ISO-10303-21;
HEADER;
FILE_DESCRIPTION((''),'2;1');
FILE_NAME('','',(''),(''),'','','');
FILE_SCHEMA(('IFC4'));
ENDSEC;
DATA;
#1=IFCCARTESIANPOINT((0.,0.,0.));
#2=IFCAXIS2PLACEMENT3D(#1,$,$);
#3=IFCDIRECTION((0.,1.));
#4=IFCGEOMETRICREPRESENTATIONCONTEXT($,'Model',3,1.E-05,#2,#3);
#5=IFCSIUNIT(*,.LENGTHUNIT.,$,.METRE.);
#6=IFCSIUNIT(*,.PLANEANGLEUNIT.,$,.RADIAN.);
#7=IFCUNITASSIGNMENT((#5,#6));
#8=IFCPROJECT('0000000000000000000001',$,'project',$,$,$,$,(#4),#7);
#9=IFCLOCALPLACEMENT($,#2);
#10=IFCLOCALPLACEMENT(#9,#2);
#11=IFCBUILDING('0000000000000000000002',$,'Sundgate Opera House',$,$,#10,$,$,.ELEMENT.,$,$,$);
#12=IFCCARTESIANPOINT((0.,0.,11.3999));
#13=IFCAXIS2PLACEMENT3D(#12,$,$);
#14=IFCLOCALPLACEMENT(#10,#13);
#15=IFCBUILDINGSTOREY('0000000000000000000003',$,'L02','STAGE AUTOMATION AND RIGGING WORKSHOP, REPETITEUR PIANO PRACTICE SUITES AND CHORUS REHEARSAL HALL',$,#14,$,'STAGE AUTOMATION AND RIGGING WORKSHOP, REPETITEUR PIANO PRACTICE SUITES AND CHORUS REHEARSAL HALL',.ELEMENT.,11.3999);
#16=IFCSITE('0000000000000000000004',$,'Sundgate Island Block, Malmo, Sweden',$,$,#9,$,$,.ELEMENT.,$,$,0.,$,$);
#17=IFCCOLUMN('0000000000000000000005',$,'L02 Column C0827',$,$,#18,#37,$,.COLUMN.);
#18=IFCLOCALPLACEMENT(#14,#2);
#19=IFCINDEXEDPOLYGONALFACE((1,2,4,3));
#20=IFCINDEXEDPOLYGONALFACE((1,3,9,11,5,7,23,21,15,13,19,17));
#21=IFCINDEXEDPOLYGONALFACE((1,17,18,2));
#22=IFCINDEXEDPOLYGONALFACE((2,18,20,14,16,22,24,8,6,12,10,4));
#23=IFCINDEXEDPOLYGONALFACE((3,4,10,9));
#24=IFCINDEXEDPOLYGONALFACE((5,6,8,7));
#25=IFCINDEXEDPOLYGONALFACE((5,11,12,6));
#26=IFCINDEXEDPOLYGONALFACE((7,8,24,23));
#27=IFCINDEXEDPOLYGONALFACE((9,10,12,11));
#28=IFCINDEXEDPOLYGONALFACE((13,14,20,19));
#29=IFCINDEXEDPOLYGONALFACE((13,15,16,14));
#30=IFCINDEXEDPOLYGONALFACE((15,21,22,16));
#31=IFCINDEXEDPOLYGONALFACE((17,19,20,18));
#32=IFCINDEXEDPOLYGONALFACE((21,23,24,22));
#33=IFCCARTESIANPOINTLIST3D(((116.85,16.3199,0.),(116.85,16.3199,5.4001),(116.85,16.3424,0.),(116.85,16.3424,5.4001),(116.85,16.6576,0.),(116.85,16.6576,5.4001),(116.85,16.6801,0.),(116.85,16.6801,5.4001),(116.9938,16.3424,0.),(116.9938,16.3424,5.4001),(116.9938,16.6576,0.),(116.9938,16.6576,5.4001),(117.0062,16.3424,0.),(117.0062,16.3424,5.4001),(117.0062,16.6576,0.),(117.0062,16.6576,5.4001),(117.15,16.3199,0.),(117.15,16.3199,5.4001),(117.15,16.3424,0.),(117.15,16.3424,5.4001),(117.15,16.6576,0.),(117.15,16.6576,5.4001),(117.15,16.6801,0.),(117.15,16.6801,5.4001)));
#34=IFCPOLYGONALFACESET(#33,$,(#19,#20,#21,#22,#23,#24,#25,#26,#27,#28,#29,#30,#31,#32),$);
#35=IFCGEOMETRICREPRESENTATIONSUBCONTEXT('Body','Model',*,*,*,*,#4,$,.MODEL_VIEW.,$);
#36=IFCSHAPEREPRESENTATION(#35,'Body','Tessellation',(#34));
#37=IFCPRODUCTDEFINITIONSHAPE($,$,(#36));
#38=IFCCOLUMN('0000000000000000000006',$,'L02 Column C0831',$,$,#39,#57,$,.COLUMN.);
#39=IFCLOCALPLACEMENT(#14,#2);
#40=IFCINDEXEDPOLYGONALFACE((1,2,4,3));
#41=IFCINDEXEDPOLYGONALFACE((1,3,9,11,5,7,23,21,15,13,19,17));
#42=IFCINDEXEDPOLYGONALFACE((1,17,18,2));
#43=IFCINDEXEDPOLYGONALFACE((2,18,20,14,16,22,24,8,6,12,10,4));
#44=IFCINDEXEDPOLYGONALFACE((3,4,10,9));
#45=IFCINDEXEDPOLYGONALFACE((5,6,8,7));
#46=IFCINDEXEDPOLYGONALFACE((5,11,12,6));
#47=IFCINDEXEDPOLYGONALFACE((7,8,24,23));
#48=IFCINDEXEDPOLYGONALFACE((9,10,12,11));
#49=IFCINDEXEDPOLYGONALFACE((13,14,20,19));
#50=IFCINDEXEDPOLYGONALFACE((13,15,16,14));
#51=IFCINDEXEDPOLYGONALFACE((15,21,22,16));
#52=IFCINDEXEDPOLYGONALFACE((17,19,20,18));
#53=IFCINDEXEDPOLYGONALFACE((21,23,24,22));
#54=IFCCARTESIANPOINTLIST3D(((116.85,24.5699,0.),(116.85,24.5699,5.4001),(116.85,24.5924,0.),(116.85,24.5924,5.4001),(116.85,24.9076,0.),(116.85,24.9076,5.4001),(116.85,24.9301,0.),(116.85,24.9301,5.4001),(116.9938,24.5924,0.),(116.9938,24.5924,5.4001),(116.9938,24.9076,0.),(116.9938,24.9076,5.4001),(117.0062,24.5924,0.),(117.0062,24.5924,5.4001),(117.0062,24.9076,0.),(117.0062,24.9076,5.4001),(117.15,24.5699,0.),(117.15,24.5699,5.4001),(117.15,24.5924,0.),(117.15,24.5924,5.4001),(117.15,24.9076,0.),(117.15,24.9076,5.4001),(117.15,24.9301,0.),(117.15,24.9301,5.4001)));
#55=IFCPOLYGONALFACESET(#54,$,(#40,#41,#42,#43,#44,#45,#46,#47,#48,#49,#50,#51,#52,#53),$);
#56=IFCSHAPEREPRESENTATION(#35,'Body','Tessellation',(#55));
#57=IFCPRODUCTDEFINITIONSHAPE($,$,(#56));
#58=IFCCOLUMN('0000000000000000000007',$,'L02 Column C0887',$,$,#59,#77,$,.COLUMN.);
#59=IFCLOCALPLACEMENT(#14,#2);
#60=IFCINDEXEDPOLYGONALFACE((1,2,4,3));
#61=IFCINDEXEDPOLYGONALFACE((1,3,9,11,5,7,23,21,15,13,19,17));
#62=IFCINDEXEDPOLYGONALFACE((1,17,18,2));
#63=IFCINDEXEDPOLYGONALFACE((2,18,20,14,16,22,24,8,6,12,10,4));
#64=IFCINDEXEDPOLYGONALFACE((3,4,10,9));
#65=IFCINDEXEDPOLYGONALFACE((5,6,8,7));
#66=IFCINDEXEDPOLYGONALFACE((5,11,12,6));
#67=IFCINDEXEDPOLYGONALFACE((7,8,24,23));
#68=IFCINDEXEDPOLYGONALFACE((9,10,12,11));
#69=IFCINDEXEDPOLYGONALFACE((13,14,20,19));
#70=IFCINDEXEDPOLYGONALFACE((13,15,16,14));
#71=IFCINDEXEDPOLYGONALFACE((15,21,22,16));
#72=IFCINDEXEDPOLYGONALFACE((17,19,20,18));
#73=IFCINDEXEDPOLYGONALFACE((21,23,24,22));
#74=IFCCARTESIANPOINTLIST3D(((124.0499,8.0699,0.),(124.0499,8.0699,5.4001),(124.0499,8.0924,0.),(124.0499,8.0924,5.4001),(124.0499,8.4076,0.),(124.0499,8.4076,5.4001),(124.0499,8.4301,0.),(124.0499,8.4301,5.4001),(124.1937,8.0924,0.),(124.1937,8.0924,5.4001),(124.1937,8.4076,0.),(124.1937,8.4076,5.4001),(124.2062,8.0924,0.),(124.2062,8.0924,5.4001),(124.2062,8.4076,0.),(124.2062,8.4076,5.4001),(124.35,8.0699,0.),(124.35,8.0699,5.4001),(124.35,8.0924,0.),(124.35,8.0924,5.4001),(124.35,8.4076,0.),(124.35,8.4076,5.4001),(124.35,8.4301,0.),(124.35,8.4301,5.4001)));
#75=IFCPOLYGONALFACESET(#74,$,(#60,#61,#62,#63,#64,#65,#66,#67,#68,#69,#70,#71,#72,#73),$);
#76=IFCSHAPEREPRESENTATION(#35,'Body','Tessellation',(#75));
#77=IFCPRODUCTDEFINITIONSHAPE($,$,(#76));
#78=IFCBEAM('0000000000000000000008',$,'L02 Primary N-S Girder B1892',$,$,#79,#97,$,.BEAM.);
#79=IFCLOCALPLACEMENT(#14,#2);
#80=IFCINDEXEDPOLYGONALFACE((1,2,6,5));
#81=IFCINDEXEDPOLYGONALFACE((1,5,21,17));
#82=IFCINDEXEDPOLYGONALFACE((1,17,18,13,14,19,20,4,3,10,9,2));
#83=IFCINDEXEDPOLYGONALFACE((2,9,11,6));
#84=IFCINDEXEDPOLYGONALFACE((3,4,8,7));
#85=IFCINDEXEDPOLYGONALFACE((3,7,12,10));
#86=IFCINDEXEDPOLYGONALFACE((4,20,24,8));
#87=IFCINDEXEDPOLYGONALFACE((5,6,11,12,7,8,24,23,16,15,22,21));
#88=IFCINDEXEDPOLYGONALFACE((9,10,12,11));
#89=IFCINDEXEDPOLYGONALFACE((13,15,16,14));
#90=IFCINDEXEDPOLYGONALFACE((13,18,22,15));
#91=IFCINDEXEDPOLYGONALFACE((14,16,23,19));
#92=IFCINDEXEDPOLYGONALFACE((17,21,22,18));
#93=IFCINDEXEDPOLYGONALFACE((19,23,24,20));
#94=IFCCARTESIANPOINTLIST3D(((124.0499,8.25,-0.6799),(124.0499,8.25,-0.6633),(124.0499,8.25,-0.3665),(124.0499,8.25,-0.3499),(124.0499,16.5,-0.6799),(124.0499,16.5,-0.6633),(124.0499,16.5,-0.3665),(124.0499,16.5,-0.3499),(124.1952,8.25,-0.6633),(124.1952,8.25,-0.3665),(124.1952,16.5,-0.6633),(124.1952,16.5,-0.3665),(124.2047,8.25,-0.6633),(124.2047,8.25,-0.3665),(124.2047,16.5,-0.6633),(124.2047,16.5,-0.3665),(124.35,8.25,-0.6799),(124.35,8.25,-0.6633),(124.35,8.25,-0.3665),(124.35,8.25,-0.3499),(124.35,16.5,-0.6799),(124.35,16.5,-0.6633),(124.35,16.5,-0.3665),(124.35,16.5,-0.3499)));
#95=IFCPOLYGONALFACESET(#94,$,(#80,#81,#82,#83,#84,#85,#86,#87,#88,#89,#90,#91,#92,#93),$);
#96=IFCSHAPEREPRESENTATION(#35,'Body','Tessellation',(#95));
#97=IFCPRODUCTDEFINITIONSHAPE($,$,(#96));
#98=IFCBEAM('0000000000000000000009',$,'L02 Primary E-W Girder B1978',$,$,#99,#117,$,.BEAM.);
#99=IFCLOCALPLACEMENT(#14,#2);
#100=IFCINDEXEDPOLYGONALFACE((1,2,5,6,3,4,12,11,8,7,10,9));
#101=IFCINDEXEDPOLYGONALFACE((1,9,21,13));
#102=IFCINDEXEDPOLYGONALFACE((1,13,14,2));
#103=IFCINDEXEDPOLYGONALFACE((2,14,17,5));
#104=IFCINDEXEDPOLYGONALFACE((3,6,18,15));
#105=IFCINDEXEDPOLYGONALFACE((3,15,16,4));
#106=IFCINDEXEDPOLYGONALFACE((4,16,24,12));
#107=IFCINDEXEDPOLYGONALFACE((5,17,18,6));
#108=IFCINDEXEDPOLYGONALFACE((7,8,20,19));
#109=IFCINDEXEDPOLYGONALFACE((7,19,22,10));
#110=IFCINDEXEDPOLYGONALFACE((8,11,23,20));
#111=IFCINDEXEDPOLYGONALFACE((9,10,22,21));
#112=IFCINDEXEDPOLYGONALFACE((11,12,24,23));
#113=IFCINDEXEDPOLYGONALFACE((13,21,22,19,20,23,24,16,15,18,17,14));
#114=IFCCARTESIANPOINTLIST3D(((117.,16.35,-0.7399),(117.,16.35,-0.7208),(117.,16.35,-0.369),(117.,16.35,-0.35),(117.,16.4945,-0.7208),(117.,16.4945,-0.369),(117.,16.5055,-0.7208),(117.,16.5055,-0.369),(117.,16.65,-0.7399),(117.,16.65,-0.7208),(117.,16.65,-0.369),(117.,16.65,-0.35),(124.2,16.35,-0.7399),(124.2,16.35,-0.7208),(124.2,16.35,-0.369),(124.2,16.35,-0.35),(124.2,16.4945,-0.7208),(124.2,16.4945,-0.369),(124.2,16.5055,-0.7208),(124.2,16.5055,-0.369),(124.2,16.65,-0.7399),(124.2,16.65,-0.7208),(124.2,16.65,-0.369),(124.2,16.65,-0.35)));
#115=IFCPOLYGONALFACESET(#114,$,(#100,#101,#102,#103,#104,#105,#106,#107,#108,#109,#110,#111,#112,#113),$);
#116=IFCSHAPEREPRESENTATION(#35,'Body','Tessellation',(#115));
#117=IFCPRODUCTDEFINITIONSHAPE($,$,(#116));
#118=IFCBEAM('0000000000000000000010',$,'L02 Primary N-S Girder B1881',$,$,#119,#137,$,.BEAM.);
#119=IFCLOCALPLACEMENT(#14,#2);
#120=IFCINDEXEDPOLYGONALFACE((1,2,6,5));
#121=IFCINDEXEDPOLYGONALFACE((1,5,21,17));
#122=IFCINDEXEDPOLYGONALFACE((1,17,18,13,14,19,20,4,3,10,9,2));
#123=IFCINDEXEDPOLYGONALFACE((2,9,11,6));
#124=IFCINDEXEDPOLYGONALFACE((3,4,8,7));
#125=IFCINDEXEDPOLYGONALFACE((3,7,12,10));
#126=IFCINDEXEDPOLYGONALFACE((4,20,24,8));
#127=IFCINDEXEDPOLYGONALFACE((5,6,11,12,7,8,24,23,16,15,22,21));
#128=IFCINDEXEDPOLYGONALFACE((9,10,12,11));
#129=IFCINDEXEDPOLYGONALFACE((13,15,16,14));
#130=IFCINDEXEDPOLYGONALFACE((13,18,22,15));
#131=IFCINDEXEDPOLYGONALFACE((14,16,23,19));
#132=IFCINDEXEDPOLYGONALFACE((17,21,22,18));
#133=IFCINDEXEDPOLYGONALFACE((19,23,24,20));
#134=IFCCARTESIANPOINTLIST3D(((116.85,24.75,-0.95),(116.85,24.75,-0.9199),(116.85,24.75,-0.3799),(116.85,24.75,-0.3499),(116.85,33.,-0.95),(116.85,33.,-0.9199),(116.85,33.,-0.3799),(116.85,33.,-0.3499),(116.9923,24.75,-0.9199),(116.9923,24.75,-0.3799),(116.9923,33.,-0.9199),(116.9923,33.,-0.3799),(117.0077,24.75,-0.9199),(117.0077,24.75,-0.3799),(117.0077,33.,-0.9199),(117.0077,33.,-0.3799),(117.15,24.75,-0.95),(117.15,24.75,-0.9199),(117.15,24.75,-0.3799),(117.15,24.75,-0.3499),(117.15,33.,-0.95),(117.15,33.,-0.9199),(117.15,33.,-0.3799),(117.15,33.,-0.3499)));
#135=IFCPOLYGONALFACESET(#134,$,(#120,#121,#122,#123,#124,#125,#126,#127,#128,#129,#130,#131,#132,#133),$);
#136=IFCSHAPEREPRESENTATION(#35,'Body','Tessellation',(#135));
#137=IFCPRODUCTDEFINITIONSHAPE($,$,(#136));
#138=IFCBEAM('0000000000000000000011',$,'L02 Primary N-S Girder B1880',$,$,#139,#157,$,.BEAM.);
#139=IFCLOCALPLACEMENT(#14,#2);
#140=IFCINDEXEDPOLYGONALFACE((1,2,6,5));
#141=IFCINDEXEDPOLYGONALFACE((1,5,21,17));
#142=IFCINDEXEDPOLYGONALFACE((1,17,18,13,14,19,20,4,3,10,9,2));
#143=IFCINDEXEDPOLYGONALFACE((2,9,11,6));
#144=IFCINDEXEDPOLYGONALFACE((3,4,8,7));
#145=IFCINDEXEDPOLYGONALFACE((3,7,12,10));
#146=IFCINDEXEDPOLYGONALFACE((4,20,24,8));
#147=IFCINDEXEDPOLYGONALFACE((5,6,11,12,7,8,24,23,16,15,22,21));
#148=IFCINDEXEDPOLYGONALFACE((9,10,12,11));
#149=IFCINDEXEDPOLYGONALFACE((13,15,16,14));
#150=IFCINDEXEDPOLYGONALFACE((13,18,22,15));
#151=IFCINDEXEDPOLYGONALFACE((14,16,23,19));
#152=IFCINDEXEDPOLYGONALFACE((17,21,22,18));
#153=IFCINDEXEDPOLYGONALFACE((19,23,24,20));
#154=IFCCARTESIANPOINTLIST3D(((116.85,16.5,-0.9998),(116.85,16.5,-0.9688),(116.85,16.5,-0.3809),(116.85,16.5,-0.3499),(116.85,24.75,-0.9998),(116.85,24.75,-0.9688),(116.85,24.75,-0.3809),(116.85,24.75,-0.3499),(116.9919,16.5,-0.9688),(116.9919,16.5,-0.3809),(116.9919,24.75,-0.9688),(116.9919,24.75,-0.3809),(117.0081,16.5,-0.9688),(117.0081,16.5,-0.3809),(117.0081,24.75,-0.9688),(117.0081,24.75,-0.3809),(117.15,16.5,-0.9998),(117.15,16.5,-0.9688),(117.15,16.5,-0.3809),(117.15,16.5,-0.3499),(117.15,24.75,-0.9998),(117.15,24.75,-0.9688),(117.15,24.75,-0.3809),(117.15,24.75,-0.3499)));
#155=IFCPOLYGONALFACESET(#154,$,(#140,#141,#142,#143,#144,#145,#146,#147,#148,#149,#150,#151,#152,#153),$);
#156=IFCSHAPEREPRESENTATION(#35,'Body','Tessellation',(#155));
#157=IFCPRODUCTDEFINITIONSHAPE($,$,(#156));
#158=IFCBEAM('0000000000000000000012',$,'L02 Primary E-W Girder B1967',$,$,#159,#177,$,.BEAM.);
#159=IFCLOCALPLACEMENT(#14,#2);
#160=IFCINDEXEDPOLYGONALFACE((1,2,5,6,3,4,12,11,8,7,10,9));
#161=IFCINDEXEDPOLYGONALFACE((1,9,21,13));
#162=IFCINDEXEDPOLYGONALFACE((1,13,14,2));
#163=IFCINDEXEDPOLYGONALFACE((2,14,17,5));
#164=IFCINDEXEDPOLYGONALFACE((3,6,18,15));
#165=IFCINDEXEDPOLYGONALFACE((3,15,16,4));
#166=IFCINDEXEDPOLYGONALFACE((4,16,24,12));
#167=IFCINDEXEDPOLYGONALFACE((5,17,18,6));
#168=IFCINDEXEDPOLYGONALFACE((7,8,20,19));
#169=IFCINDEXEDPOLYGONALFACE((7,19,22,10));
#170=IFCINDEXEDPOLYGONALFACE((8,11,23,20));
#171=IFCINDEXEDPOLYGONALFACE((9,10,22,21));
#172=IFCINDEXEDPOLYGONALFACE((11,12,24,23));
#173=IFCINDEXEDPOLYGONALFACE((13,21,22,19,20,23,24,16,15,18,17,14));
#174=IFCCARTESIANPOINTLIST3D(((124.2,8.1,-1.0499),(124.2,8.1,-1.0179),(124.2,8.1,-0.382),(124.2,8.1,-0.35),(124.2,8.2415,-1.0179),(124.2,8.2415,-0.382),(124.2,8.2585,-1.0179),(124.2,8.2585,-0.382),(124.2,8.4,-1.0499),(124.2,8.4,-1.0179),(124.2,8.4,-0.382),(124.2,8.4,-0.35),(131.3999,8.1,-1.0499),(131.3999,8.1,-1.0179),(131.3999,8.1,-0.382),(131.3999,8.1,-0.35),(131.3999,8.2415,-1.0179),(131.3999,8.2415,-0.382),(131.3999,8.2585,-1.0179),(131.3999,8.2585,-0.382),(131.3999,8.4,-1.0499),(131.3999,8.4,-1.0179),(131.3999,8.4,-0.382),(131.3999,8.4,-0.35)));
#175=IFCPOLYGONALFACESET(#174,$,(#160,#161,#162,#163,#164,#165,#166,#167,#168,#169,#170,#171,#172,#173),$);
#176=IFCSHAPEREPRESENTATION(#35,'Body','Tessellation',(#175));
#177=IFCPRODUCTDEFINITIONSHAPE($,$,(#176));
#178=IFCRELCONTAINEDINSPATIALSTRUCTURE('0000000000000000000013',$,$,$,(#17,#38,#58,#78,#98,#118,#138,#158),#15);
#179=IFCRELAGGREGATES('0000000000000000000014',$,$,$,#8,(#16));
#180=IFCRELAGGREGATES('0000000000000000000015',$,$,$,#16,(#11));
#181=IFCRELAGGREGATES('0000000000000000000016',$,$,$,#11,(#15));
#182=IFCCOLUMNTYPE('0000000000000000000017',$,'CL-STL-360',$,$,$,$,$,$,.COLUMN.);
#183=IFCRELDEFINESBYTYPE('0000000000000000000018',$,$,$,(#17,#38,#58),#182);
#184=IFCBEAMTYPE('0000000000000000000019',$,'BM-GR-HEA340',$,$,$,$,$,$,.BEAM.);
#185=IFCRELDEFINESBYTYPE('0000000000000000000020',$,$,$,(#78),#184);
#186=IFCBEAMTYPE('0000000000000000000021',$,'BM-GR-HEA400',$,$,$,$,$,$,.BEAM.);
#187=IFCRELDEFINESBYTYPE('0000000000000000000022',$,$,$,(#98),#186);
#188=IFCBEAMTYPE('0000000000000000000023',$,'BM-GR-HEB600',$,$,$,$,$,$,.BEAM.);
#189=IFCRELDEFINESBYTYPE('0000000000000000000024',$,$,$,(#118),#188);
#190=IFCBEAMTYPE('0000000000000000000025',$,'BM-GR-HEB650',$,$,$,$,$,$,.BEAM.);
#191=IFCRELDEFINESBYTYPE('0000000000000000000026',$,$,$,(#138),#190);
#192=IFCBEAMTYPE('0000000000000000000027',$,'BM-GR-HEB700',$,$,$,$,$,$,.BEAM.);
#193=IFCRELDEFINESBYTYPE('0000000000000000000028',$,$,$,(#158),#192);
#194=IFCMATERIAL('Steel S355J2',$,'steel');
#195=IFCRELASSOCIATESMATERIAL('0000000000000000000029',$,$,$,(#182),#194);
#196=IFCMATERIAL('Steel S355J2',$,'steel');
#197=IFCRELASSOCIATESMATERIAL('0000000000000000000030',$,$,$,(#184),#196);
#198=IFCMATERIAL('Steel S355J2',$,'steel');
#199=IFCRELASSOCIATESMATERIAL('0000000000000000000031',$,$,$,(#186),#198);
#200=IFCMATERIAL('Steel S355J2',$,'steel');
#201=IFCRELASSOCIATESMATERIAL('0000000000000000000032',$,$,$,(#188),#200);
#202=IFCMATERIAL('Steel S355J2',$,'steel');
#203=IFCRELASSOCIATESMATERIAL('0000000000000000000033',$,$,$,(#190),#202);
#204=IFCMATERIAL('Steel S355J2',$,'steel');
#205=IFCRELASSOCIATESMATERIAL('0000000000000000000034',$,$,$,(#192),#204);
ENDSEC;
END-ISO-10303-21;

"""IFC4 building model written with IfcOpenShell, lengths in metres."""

from ifc_helpers import new_model, si_unit, direction, frame, origin, origin_2d, place, context, subcontext, project, spatial, i_section, extrude, material, material_profile, profile_set, type_object, element, save


model = new_model("IFC4")

# Units and contexts
model_context = context("Model", 3, precision=1e-05, world=origin(), true_north=direction((0.0, 1.0)))
body_context = subcontext(model_context, "Body", "Model", "MODEL_VIEW")
ifc_project = project(units=[si_unit("LENGTHUNIT", "METRE"), si_unit("PLANEANGLEUNIT", "RADIAN")], contexts=[model_context])

# Site, building, storey
site_placement = place(None, origin())
site = spatial("IfcSite", under=ifc_project, at=site_placement, Name="Sundgate Island Block, Malmo, Sweden", CompositionType="ELEMENT", RefElevation=0.0)
building_placement = place(site_placement, origin())
building = spatial("IfcBuilding", under=site, at=building_placement, Name="Sundgate Opera House", CompositionType="ELEMENT")
storey_placement = place(building_placement, frame((0.0, 0.0, 11.3999)))
storey = spatial("IfcBuildingStorey", under=building, at=storey_placement, Name="L02", Description="STAGE AUTOMATION AND RIGGING WORKSHOP, REPETITEUR PIANO PRACTICE SUITES AND CHORUS REHEARSAL HALL", LongName="STAGE AUTOMATION AND RIGGING WORKSHOP, REPETITEUR PIANO PRACTICE SUITES AND CHORUS REHEARSAL HALL", CompositionType="ELEMENT", Elevation=11.3999)

# Columns
ifc_material_1 = material(Name="Steel S355J2", Category="steel")
ifc_material_profile_1 = material_profile(ifc_material_1, i_section(OverallWidth=0.3, OverallDepth=0.3601, WebThickness=0.0125, FlangeThickness=0.0225, at=origin_2d()), Name="HEB 360")
ifc_profile_set_1 = profile_set([ifc_material_profile_1], Name="Steel S355J2")
column_type = type_object("IfcColumnType", Name="CL-STL-360", PredefinedType="COLUMN", material=ifc_profile_set_1)
for number, where, z_axis, x_axis, name in (
    (1, (117.0, 16.5, 0.0), (0.0, 0.0, 1.0), (1.0, 0.0, 0.0), "L02 Column C0827"),
    (2, (117.0, 24.75, 0.0), (0.0, 0.0, 1.0), (1.0, 0.0, 0.0), "L02 Column C0831"),
    (3, (124.2, 8.25, 0.0), (0.0, 0.0, 1.0), (1.0, 0.0, 0.0), "L02 Column C0887"),
):
    element("IfcColumn", number, at=place(storey_placement, frame(where, z_axis=z_axis, x_axis=x_axis)), inside=storey, type_object=column_type, Name=name, PredefinedType="COLUMN", context=body_context, shape_type="SweptSolid", body=[
        extrude(i_section(OverallWidth=0.3, OverallDepth=0.3601, WebThickness=0.0125, FlangeThickness=0.0225, at=origin_2d()), origin(), (0.0, 0.0, 1.0), 5.4001),
    ])

# Beams
ifc_material_2 = material(Name="Steel S355J2", Category="steel")
ifc_material_profile_2 = material_profile(ifc_material_2, i_section(OverallWidth=0.3, OverallDepth=0.3301, WebThickness=0.0095, FlangeThickness=0.0166, at=origin_2d()), Name="HEA 340")
ifc_profile_set_2 = profile_set([ifc_material_profile_2], Name="Steel S355J2")
beam_type_1 = type_object("IfcBeamType", Name="BM-GR-HEA340", PredefinedType="BEAM", material=ifc_profile_set_2)
beam_1_placement = place(storey_placement, frame((124.2, 8.25, -0.5149), z_axis=(0.0, 1.0, 0.0), x_axis=(-1.0, 0.0, 0.0)))
element("IfcBeam", 4, at=beam_1_placement, inside=storey, type_object=beam_type_1, Name="L02 Primary N-S Girder B1892", PredefinedType="BEAM", context=body_context, shape_type="SweptSolid", body=[
    extrude(i_section(OverallWidth=0.3, OverallDepth=0.3301, WebThickness=0.0095, FlangeThickness=0.0166, at=origin_2d()), origin(), (0.0, 0.0, 1.0), 8.25),
])
ifc_material_3 = material(Name="Steel S355J2", Category="steel")
ifc_material_profile_3 = material_profile(ifc_material_3, i_section(OverallWidth=0.3, OverallDepth=0.3899, WebThickness=0.011, FlangeThickness=0.019, at=origin_2d()), Name="HEA 400")
ifc_profile_set_3 = profile_set([ifc_material_profile_3], Name="Steel S355J2")
beam_type_2 = type_object("IfcBeamType", Name="BM-GR-HEA400", PredefinedType="BEAM", material=ifc_profile_set_3)
beam_2_placement = place(storey_placement, frame((117.0, 16.5, -0.5449), z_axis=(1.0, 0.0, 0.0), x_axis=(0.0, 1.0, 0.0)))
element("IfcBeam", 5, at=beam_2_placement, inside=storey, type_object=beam_type_2, Name="L02 Primary E-W Girder B1978", PredefinedType="BEAM", context=body_context, shape_type="SweptSolid", body=[
    extrude(i_section(OverallWidth=0.3, OverallDepth=0.3899, WebThickness=0.011, FlangeThickness=0.019, at=origin_2d()), origin(), (0.0, 0.0, 1.0), 7.2),
])
ifc_material_4 = material(Name="Steel S355J2", Category="steel")
ifc_material_profile_4 = material_profile(ifc_material_4, i_section(OverallWidth=0.3, OverallDepth=0.6001, WebThickness=0.0154, FlangeThickness=0.03, at=origin_2d()), Name="HEB 600")
ifc_profile_set_4 = profile_set([ifc_material_profile_4], Name="Steel S355J2")
beam_type_3 = type_object("IfcBeamType", Name="BM-GR-HEB600", PredefinedType="BEAM", material=ifc_profile_set_4)
beam_3_placement = place(storey_placement, frame((117.0, 24.75, -0.6499), z_axis=(0.0, 1.0, 0.0), x_axis=(-1.0, 0.0, 0.0)))
element("IfcBeam", 6, at=beam_3_placement, inside=storey, type_object=beam_type_3, Name="L02 Primary N-S Girder B1881", PredefinedType="BEAM", context=body_context, shape_type="SweptSolid", body=[
    extrude(i_section(OverallWidth=0.3, OverallDepth=0.6001, WebThickness=0.0154, FlangeThickness=0.03, at=origin_2d()), origin(), (0.0, 0.0, 1.0), 8.25),
])
ifc_material_5 = material(Name="Steel S355J2", Category="steel")
ifc_material_profile_5 = material_profile(ifc_material_5, i_section(OverallWidth=0.3, OverallDepth=0.6499, WebThickness=0.0161, FlangeThickness=0.031, at=origin_2d()), Name="HEB 650")
ifc_profile_set_5 = profile_set([ifc_material_profile_5], Name="Steel S355J2")
beam_type_4 = type_object("IfcBeamType", Name="BM-GR-HEB650", PredefinedType="BEAM", material=ifc_profile_set_5)
beam_4_placement = place(storey_placement, frame((117.0, 16.5, -0.6748), z_axis=(0.0, 1.0, 0.0), x_axis=(-1.0, 0.0, 0.0)))
element("IfcBeam", 7, at=beam_4_placement, inside=storey, type_object=beam_type_4, Name="L02 Primary N-S Girder B1880", PredefinedType="BEAM", context=body_context, shape_type="SweptSolid", body=[
    extrude(i_section(OverallWidth=0.3, OverallDepth=0.6499, WebThickness=0.0161, FlangeThickness=0.031, at=origin_2d()), origin(), (0.0, 0.0, 1.0), 8.25),
])
ifc_material_6 = material(Name="Steel S355J2", Category="steel")
ifc_material_profile_6 = material_profile(ifc_material_6, i_section(OverallWidth=0.3, OverallDepth=0.7, WebThickness=0.0171, FlangeThickness=0.032, at=origin_2d()), Name="HEB 700")
ifc_profile_set_6 = profile_set([ifc_material_profile_6], Name="Steel S355J2")
beam_type_5 = type_object("IfcBeamType", Name="BM-GR-HEB700", PredefinedType="BEAM", material=ifc_profile_set_6)
beam_5_placement = place(storey_placement, frame((124.2, 8.25, -0.7), z_axis=(1.0, 0.0, 0.0), x_axis=(0.0, 1.0, 0.0)))
element("IfcBeam", 8, at=beam_5_placement, inside=storey, type_object=beam_type_5, Name="L02 Primary E-W Girder B1967", PredefinedType="BEAM", context=body_context, shape_type="SweptSolid", body=[
    extrude(i_section(OverallWidth=0.3, OverallDepth=0.7, WebThickness=0.0171, FlangeThickness=0.032, at=origin_2d()), origin(), (0.0, 0.0, 1.0), 7.2),
])

save(model, "model.ifc")
